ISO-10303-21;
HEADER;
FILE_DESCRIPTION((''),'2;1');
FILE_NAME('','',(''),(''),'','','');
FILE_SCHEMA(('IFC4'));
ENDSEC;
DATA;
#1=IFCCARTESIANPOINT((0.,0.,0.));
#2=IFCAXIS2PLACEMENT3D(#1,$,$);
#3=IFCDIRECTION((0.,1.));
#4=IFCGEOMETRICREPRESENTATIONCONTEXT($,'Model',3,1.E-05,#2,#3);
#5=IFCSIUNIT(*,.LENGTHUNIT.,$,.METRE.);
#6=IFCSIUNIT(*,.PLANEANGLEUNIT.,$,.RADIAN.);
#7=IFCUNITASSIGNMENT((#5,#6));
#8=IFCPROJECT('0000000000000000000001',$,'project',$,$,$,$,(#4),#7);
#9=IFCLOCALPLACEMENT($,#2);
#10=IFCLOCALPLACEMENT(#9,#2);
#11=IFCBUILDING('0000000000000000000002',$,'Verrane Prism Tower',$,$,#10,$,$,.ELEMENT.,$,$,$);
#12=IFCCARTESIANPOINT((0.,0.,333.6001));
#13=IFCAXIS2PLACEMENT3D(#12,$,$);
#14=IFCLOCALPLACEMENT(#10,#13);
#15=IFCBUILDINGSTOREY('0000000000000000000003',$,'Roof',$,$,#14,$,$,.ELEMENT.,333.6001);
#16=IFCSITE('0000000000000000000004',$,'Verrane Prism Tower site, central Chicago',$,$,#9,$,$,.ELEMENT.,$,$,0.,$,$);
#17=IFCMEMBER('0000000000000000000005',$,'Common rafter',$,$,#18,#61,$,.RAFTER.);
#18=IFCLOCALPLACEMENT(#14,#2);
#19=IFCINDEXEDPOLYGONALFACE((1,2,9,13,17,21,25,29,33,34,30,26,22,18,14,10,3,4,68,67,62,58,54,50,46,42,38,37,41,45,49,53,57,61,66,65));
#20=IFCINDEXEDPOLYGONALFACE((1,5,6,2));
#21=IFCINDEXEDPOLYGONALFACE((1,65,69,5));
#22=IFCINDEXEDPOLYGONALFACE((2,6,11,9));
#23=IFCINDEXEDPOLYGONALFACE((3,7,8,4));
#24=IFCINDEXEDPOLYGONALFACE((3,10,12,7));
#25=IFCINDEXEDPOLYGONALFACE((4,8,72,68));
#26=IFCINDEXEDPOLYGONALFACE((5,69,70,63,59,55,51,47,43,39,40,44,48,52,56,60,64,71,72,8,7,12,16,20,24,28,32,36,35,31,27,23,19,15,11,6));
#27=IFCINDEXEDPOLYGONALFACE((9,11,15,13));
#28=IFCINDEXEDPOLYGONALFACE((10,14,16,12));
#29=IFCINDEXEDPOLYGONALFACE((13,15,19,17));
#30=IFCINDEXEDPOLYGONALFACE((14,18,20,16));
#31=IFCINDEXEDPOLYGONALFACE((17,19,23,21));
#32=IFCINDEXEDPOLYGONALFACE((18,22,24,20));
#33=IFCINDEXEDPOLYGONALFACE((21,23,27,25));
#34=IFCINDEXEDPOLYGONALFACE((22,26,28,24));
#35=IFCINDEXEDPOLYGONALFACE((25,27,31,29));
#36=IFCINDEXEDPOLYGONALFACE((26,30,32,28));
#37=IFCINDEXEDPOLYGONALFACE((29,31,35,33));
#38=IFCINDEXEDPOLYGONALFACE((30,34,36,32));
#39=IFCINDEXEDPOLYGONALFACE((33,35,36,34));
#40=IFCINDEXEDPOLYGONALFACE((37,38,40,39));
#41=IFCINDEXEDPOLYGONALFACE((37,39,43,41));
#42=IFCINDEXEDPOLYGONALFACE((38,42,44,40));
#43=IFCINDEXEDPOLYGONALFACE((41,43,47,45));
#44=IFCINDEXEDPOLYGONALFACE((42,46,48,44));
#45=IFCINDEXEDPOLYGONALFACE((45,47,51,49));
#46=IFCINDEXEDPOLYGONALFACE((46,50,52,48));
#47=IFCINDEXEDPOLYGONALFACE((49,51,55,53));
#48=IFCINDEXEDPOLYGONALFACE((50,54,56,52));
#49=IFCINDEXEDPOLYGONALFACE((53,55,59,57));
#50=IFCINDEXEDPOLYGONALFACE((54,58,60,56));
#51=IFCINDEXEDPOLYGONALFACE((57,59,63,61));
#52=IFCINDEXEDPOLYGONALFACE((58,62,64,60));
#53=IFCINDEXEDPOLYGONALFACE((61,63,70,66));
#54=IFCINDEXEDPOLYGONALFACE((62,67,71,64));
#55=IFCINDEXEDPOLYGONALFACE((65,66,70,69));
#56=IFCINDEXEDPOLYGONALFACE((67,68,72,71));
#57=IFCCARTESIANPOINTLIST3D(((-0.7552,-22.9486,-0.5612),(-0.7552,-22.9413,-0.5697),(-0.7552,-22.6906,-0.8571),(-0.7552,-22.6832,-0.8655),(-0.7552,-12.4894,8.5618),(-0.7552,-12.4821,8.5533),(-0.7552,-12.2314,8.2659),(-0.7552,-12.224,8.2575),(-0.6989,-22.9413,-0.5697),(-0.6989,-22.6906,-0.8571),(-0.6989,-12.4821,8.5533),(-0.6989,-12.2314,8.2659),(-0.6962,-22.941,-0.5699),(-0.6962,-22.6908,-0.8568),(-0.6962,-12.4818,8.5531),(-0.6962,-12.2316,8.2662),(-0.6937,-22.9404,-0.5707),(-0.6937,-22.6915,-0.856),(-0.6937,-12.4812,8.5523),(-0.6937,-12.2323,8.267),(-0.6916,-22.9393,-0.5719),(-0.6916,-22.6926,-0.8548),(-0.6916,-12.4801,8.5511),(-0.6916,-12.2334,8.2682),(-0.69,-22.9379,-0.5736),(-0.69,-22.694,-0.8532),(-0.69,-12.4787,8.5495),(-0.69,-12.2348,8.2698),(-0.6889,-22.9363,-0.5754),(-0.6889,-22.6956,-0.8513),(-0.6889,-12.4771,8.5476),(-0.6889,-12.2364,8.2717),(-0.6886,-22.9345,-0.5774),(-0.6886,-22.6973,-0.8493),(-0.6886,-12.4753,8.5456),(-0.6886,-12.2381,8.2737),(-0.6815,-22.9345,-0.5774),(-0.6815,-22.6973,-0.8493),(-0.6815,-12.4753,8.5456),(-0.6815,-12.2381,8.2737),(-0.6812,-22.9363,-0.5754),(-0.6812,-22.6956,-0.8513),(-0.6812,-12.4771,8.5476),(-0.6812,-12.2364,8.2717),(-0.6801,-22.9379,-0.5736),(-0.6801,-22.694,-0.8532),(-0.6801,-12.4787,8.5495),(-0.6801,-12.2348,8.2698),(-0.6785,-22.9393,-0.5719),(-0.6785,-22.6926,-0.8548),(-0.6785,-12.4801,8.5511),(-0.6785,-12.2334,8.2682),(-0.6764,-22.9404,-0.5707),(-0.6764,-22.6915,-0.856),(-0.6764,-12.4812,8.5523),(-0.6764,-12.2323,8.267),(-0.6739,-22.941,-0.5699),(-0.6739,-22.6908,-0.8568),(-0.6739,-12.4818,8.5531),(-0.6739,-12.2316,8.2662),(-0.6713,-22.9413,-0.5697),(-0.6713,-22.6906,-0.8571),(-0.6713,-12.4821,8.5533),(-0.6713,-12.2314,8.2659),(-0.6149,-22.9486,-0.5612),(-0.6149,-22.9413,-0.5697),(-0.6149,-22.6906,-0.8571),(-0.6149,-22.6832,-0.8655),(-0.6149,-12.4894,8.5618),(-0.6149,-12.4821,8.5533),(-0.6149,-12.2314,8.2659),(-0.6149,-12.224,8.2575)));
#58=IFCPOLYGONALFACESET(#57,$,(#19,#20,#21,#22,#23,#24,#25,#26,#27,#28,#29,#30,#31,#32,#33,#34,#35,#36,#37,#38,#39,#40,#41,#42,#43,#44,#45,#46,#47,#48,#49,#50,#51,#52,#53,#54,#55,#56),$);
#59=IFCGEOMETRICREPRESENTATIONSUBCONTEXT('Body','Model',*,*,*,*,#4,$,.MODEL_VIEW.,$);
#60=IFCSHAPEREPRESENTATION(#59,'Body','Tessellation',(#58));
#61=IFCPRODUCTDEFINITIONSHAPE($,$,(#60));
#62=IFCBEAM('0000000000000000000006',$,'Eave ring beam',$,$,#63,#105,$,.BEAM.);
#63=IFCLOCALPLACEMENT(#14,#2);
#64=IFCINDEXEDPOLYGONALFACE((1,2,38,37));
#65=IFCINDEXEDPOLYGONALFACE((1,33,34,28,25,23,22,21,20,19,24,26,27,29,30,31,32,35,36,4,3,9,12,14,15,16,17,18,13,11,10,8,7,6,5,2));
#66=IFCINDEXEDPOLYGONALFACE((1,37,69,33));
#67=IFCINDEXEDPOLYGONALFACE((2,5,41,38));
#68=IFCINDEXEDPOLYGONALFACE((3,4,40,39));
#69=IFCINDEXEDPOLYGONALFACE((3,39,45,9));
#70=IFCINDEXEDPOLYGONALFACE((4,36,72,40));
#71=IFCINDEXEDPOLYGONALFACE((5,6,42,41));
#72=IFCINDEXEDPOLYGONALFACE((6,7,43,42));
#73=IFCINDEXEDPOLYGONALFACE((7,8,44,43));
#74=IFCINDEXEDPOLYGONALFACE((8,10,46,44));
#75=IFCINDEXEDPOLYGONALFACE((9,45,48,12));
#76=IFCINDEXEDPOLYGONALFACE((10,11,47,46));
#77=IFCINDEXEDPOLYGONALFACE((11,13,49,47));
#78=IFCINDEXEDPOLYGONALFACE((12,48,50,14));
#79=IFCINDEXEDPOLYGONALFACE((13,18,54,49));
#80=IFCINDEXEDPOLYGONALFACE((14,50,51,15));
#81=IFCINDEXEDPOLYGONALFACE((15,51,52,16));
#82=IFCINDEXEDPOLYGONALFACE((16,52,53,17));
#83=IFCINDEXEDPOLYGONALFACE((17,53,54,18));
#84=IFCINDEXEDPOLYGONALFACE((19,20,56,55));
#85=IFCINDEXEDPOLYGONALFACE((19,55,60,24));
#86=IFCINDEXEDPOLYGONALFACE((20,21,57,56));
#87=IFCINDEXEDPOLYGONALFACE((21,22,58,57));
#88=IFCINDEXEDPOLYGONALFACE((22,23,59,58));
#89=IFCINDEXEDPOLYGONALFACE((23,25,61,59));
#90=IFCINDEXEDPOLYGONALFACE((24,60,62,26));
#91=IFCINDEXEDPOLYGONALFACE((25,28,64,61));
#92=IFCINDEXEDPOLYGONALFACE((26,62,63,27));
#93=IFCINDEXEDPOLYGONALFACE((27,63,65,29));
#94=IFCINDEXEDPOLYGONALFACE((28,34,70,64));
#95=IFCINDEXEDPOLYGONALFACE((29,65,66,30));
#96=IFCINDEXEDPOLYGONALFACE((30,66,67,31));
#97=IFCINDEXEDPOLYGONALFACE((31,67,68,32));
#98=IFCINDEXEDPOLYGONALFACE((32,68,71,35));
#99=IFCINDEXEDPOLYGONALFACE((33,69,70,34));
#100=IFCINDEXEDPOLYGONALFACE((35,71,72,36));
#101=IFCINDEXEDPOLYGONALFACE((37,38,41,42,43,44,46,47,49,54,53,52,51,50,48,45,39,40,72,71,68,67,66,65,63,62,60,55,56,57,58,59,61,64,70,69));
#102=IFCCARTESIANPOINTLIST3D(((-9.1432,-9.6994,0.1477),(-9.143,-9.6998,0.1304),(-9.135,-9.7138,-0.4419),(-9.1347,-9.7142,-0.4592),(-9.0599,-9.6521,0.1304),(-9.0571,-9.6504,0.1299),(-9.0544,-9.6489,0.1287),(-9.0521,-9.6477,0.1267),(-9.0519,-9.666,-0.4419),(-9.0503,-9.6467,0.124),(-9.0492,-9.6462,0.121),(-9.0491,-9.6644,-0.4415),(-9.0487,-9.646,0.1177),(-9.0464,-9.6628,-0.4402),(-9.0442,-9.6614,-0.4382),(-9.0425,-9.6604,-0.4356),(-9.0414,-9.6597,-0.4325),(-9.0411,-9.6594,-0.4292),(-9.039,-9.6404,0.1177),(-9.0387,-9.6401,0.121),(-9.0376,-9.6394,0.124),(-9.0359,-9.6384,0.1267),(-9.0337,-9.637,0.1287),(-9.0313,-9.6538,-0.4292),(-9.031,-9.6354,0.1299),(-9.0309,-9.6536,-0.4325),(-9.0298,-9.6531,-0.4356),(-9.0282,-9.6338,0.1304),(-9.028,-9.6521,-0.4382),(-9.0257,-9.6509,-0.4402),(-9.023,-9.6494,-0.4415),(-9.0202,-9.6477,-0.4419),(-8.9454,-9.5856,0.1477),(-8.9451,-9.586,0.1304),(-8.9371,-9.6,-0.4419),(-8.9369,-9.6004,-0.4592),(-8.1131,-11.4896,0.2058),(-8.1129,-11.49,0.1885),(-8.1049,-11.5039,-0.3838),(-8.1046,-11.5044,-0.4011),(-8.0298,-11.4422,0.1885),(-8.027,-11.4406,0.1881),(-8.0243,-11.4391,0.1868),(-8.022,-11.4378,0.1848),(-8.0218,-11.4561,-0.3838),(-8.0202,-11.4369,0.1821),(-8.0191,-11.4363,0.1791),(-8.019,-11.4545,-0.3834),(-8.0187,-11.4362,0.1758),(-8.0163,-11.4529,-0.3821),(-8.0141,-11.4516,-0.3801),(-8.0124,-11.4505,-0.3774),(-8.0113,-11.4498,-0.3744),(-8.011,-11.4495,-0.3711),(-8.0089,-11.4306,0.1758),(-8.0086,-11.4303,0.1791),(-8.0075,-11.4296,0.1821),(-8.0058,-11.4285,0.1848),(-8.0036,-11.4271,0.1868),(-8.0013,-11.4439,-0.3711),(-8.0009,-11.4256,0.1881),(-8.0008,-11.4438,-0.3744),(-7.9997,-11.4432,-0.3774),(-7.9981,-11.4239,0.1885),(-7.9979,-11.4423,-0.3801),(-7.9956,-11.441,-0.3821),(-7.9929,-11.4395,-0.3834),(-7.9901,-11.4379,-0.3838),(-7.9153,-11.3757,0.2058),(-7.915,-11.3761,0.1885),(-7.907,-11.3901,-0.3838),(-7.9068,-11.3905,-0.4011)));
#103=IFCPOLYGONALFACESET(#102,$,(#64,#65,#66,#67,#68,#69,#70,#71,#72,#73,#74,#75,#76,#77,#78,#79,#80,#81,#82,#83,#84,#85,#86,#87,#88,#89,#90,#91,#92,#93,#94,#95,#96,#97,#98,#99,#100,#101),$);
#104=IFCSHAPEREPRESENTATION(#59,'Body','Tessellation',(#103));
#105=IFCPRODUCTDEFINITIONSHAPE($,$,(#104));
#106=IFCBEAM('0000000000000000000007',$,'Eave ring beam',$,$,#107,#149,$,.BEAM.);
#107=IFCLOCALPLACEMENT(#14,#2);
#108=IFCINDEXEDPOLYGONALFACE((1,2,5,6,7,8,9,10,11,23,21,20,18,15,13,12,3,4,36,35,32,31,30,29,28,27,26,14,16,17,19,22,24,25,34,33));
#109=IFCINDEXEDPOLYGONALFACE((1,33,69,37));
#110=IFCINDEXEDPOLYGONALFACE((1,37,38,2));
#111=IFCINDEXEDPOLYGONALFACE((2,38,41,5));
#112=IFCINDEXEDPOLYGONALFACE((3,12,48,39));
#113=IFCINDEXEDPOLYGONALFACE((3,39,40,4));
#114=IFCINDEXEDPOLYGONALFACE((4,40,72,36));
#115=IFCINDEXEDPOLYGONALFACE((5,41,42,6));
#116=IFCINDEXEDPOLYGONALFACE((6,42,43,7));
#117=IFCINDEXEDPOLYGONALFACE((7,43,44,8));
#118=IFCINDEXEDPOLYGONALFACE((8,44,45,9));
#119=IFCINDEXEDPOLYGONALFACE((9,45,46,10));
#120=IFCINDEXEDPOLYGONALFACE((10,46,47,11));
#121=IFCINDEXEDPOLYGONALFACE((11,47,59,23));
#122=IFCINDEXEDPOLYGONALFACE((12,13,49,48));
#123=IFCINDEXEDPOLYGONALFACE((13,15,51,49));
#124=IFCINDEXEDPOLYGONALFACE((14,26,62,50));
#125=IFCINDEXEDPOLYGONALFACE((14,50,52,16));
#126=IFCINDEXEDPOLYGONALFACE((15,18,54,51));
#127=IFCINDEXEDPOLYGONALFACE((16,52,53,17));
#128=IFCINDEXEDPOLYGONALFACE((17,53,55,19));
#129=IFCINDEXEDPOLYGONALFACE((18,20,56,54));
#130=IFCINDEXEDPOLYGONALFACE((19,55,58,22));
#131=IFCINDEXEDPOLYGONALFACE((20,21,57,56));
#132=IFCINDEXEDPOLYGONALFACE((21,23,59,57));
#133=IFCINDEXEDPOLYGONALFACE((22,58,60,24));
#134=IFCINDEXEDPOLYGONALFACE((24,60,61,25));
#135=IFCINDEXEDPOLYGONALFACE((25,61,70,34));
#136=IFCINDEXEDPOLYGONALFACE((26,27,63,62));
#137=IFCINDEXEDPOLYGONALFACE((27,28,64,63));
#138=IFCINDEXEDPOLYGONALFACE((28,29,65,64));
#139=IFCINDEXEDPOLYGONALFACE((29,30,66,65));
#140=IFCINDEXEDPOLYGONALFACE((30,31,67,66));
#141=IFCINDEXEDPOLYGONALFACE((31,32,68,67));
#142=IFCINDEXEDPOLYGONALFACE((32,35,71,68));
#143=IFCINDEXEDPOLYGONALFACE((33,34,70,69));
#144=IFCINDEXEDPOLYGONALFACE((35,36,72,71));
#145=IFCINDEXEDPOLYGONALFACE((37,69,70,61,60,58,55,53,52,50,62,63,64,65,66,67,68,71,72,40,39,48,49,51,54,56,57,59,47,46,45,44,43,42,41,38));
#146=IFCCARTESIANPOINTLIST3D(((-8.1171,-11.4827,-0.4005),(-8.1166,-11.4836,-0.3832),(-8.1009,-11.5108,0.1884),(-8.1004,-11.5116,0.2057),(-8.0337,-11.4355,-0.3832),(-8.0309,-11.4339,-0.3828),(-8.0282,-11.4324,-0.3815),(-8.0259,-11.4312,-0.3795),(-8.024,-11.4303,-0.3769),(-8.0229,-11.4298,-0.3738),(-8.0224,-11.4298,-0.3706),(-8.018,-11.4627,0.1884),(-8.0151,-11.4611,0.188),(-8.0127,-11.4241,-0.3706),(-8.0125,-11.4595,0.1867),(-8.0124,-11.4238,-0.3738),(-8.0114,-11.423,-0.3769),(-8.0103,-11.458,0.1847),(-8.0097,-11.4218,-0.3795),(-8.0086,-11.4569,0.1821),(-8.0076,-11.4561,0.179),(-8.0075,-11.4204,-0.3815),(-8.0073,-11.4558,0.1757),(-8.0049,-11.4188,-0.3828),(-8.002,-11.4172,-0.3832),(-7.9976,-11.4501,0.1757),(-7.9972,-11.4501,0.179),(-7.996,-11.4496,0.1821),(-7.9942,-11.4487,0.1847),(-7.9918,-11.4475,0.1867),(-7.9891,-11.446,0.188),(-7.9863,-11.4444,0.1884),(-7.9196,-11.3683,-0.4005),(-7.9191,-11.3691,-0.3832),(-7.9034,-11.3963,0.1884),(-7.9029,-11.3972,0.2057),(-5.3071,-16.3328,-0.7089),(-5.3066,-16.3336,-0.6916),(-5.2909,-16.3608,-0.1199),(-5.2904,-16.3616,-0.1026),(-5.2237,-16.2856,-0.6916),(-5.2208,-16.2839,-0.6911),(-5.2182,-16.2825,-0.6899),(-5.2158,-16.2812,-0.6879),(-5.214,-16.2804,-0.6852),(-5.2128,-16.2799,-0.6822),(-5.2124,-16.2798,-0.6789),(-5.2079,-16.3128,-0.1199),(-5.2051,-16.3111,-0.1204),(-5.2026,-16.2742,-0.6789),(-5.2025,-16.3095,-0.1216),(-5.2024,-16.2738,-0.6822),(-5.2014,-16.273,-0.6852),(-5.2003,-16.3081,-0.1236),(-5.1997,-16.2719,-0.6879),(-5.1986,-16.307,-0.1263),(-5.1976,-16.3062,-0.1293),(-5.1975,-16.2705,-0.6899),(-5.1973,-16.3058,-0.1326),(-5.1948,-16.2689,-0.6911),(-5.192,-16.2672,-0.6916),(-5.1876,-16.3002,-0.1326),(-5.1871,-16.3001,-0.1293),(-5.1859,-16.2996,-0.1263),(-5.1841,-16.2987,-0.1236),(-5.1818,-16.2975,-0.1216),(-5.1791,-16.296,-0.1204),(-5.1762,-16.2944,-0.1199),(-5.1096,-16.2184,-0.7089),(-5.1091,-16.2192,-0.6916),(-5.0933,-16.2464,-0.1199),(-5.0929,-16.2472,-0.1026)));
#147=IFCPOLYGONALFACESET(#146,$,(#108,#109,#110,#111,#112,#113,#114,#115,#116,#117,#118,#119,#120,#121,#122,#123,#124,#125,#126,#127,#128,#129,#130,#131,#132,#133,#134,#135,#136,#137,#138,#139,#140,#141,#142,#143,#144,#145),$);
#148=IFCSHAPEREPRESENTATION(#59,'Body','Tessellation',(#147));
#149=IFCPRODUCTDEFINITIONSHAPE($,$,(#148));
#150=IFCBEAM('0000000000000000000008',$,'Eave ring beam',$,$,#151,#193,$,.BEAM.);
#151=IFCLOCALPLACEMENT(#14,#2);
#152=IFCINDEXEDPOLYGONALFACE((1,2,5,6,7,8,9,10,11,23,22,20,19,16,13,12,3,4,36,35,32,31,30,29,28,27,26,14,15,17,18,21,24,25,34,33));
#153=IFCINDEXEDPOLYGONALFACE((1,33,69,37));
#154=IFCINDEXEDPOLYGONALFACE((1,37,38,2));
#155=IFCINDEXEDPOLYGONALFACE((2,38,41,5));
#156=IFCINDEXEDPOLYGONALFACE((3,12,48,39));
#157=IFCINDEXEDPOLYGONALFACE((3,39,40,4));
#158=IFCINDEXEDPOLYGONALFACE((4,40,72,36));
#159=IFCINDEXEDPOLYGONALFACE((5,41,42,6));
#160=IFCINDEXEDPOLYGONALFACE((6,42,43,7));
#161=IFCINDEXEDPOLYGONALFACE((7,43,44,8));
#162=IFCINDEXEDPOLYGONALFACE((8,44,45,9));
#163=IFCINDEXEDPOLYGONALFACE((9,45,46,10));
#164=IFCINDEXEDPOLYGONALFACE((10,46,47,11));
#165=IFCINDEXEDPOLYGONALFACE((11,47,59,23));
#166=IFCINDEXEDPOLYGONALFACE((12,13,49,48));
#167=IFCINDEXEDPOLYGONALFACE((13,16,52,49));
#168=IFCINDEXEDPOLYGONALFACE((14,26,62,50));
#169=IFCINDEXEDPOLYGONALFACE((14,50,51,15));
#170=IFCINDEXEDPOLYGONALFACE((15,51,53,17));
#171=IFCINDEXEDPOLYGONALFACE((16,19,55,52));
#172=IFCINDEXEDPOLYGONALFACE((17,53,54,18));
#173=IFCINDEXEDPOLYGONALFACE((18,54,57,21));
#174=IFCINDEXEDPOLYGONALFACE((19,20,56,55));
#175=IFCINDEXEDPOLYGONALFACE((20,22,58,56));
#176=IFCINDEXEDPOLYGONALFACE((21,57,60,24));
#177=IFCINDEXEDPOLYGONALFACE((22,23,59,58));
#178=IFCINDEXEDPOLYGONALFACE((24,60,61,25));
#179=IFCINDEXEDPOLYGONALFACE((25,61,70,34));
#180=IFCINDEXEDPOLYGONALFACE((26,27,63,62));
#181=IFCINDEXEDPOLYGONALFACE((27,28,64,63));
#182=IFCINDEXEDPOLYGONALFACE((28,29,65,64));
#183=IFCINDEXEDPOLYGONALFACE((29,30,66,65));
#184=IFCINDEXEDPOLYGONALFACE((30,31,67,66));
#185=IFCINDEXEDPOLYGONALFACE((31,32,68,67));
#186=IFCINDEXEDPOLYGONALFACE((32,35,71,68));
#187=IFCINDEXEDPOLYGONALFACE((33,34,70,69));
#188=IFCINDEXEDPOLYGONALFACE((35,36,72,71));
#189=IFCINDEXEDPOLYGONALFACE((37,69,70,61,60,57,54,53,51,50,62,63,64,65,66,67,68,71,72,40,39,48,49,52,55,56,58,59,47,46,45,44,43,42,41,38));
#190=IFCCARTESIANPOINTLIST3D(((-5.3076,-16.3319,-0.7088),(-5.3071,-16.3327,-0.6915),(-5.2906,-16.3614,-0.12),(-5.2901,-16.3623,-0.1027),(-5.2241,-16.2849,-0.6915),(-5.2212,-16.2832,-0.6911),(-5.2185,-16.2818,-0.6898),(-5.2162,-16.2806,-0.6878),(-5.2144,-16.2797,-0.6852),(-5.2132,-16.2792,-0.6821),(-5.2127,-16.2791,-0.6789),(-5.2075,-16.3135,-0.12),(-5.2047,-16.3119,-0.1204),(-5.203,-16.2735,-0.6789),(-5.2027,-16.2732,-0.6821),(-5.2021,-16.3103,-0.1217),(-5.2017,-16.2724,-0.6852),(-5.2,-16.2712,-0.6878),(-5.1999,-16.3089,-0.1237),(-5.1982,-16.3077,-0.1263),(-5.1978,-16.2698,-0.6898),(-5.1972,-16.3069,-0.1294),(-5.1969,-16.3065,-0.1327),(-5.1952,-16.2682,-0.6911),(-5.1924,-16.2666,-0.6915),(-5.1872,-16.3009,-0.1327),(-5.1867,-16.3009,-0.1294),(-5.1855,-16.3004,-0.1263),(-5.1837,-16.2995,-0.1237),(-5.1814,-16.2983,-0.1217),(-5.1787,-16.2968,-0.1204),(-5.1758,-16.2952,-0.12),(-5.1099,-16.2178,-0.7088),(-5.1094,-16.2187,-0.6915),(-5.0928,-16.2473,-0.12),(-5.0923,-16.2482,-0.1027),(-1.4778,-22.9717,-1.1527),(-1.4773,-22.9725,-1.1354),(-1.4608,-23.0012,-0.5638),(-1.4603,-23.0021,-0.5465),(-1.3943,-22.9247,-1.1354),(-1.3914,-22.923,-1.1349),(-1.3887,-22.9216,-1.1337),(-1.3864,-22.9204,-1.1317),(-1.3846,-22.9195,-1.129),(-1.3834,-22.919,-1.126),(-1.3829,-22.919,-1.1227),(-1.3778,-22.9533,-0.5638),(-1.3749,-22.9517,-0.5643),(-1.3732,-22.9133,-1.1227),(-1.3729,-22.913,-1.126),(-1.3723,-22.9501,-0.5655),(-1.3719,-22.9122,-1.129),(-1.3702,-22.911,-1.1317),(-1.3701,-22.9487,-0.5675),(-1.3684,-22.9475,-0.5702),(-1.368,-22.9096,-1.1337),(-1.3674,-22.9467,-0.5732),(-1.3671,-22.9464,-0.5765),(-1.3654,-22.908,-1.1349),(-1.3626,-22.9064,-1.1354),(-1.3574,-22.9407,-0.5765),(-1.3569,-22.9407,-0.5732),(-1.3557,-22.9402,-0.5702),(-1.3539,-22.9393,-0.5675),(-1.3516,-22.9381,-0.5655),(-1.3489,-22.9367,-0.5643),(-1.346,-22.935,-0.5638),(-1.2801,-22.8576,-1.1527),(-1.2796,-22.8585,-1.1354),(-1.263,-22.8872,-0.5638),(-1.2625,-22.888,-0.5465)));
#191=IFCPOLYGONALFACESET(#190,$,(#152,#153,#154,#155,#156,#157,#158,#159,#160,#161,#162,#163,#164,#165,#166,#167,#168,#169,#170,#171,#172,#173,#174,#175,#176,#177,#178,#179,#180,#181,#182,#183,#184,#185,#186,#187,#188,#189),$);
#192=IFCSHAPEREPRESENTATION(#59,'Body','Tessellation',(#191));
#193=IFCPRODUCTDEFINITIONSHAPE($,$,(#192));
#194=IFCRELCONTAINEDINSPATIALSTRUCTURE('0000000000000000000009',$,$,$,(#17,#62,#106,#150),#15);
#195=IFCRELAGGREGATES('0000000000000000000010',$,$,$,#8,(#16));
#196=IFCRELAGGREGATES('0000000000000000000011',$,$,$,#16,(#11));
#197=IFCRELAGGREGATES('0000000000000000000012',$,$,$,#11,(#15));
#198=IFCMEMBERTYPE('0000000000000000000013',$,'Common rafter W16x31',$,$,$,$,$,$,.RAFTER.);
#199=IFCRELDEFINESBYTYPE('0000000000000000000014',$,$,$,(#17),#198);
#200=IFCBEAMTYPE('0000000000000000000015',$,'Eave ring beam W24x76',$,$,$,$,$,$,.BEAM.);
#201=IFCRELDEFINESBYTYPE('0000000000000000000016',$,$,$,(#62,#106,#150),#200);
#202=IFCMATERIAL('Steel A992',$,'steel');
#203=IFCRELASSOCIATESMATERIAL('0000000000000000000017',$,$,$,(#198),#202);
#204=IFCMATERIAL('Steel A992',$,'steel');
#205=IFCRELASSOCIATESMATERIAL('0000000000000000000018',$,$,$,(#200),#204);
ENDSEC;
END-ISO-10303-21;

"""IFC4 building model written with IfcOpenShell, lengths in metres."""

from ifc_helpers import new_model, si_unit, direction, frame, origin, origin_2d, place, context, subcontext, project, spatial, i_section, extrude, material, material_profile, profile_set, type_object, element, save


model = new_model("IFC4")

# Units and contexts
model_context = context("Model", 3, precision=1e-05, world=origin(), true_north=direction((0.0, 1.0)))
body_context = subcontext(model_context, "Body", "Model", "MODEL_VIEW")
ifc_project = project(units=[si_unit("LENGTHUNIT", "METRE"), si_unit("PLANEANGLEUNIT", "RADIAN")], contexts=[model_context])

# Site, building, storey
site_placement = place(None, origin())
site = spatial("IfcSite", under=ifc_project, at=site_placement, Name="Verrane Prism Tower site, central Chicago", CompositionType="ELEMENT", RefElevation=0.0)
building_placement = place(site_placement, origin())
building = spatial("IfcBuilding", under=site, at=building_placement, Name="Verrane Prism Tower", CompositionType="ELEMENT")
storey_placement = place(building_placement, frame((0.0, 0.0, 333.6001)))
storey = spatial("IfcBuildingStorey", under=building, at=storey_placement, Name="Roof", CompositionType="ELEMENT", Elevation=333.6001)

# Member
ifc_material_1 = material(Name="Steel A992", Category="steel")
ifc_material_profile_1 = material_profile(ifc_material_1, i_section(OverallWidth=0.1404, OverallDepth=0.4038, WebThickness=0.0071, FlangeThickness=0.0112, FilletRadius=0.0103, at=origin_2d()), Name="W16x31")
ifc_profile_set_1 = profile_set([ifc_material_profile_1], Name="Steel A992")
member_type_1 = type_object("IfcMemberType", Name="Common rafter W16x31", PredefinedType="RAFTER", material=ifc_profile_set_1)
member_1_placement = place(storey_placement, frame((-0.6851, -22.8159, -0.7134), z_axis=(0.0, 0.753603, 0.657329), x_axis=(-1.0, 0.0, 0.0)))
element("IfcMember", 1, at=member_1_placement, inside=storey, type_object=member_type_1, Name="Common rafter", PredefinedType="RAFTER", context=body_context, shape_type="SweptSolid", body=[
    extrude(i_section(OverallWidth=0.1404, OverallDepth=0.4038, WebThickness=0.0071, FlangeThickness=0.0112, FilletRadius=0.0103, at=origin_2d()), origin(), (0.0, 0.0, 1.0), 13.8789),
])

# Beams
ifc_material_2 = material(Name="Steel A992", Category="steel")
ifc_material_profile_2 = material_profile(ifc_material_2, i_section(OverallWidth=0.2283, OverallDepth=0.6072, WebThickness=0.0112, FlangeThickness=0.0173, FilletRadius=0.0127, at=origin_2d()), Name="W24x76")
ifc_profile_set_2 = profile_set([ifc_material_profile_2], Name="Steel A992")
beam_type = type_object("IfcBeamType", Name="Eave ring beam W24x76", PredefinedType="BEAM", material=ifc_profile_set_2)
beam_1_placement = place(storey_placement, frame((-9.04, -9.6499, -0.1558), z_axis=(0.498549, -0.866405, 0.028124), x_axis=(0.866748, 0.498747, 0.0)))
element("IfcBeam", 2, at=beam_1_placement, inside=storey, type_object=beam_type, Name="Eave ring beam", PredefinedType="BEAM", context=body_context, shape_type="SweptSolid", body=[
    extrude(i_section(OverallWidth=0.2283, OverallDepth=0.6072, WebThickness=0.0112, FlangeThickness=0.0173, FilletRadius=0.0127, at=origin_2d()), origin(), (0.0, 0.0, 1.0), 2.0662),
])
beam_2_placement = place(storey_placement, frame((-8.01, -11.4399, -0.0974), z_axis=(0.500561, -0.863957, -0.054927), x_axis=(0.865263, 0.501318, 0.0)))
element("IfcBeam", 3, at=beam_2_placement, inside=storey, type_object=beam_type, Name="Eave ring beam", PredefinedType="BEAM", context=body_context, shape_type="SweptSolid", body=[
    extrude(i_section(OverallWidth=0.2283, OverallDepth=0.6072, WebThickness=0.0112, FlangeThickness=0.0173, FilletRadius=0.0127, at=origin_2d()), origin(), (0.0, 0.0, 1.0), 5.6138),
])
beam_3_placement = place(storey_placement, frame((-5.2, -16.29, -0.4058), z_axis=(0.498801, -0.864786, -0.057807), x_axis=(0.866235, 0.499637, 0.0)))
element("IfcBeam", 4, at=beam_3_placement, inside=storey, type_object=beam_type, Name="Eave ring beam", PredefinedType="BEAM", context=body_context, shape_type="SweptSolid", body=[
    extrude(i_section(OverallWidth=0.2283, OverallDepth=0.6072, WebThickness=0.0112, FlangeThickness=0.0173, FilletRadius=0.0127, at=origin_2d()), origin(), (0.0, 0.0, 1.0), 7.678),
])

save(model, "model.ifc")
